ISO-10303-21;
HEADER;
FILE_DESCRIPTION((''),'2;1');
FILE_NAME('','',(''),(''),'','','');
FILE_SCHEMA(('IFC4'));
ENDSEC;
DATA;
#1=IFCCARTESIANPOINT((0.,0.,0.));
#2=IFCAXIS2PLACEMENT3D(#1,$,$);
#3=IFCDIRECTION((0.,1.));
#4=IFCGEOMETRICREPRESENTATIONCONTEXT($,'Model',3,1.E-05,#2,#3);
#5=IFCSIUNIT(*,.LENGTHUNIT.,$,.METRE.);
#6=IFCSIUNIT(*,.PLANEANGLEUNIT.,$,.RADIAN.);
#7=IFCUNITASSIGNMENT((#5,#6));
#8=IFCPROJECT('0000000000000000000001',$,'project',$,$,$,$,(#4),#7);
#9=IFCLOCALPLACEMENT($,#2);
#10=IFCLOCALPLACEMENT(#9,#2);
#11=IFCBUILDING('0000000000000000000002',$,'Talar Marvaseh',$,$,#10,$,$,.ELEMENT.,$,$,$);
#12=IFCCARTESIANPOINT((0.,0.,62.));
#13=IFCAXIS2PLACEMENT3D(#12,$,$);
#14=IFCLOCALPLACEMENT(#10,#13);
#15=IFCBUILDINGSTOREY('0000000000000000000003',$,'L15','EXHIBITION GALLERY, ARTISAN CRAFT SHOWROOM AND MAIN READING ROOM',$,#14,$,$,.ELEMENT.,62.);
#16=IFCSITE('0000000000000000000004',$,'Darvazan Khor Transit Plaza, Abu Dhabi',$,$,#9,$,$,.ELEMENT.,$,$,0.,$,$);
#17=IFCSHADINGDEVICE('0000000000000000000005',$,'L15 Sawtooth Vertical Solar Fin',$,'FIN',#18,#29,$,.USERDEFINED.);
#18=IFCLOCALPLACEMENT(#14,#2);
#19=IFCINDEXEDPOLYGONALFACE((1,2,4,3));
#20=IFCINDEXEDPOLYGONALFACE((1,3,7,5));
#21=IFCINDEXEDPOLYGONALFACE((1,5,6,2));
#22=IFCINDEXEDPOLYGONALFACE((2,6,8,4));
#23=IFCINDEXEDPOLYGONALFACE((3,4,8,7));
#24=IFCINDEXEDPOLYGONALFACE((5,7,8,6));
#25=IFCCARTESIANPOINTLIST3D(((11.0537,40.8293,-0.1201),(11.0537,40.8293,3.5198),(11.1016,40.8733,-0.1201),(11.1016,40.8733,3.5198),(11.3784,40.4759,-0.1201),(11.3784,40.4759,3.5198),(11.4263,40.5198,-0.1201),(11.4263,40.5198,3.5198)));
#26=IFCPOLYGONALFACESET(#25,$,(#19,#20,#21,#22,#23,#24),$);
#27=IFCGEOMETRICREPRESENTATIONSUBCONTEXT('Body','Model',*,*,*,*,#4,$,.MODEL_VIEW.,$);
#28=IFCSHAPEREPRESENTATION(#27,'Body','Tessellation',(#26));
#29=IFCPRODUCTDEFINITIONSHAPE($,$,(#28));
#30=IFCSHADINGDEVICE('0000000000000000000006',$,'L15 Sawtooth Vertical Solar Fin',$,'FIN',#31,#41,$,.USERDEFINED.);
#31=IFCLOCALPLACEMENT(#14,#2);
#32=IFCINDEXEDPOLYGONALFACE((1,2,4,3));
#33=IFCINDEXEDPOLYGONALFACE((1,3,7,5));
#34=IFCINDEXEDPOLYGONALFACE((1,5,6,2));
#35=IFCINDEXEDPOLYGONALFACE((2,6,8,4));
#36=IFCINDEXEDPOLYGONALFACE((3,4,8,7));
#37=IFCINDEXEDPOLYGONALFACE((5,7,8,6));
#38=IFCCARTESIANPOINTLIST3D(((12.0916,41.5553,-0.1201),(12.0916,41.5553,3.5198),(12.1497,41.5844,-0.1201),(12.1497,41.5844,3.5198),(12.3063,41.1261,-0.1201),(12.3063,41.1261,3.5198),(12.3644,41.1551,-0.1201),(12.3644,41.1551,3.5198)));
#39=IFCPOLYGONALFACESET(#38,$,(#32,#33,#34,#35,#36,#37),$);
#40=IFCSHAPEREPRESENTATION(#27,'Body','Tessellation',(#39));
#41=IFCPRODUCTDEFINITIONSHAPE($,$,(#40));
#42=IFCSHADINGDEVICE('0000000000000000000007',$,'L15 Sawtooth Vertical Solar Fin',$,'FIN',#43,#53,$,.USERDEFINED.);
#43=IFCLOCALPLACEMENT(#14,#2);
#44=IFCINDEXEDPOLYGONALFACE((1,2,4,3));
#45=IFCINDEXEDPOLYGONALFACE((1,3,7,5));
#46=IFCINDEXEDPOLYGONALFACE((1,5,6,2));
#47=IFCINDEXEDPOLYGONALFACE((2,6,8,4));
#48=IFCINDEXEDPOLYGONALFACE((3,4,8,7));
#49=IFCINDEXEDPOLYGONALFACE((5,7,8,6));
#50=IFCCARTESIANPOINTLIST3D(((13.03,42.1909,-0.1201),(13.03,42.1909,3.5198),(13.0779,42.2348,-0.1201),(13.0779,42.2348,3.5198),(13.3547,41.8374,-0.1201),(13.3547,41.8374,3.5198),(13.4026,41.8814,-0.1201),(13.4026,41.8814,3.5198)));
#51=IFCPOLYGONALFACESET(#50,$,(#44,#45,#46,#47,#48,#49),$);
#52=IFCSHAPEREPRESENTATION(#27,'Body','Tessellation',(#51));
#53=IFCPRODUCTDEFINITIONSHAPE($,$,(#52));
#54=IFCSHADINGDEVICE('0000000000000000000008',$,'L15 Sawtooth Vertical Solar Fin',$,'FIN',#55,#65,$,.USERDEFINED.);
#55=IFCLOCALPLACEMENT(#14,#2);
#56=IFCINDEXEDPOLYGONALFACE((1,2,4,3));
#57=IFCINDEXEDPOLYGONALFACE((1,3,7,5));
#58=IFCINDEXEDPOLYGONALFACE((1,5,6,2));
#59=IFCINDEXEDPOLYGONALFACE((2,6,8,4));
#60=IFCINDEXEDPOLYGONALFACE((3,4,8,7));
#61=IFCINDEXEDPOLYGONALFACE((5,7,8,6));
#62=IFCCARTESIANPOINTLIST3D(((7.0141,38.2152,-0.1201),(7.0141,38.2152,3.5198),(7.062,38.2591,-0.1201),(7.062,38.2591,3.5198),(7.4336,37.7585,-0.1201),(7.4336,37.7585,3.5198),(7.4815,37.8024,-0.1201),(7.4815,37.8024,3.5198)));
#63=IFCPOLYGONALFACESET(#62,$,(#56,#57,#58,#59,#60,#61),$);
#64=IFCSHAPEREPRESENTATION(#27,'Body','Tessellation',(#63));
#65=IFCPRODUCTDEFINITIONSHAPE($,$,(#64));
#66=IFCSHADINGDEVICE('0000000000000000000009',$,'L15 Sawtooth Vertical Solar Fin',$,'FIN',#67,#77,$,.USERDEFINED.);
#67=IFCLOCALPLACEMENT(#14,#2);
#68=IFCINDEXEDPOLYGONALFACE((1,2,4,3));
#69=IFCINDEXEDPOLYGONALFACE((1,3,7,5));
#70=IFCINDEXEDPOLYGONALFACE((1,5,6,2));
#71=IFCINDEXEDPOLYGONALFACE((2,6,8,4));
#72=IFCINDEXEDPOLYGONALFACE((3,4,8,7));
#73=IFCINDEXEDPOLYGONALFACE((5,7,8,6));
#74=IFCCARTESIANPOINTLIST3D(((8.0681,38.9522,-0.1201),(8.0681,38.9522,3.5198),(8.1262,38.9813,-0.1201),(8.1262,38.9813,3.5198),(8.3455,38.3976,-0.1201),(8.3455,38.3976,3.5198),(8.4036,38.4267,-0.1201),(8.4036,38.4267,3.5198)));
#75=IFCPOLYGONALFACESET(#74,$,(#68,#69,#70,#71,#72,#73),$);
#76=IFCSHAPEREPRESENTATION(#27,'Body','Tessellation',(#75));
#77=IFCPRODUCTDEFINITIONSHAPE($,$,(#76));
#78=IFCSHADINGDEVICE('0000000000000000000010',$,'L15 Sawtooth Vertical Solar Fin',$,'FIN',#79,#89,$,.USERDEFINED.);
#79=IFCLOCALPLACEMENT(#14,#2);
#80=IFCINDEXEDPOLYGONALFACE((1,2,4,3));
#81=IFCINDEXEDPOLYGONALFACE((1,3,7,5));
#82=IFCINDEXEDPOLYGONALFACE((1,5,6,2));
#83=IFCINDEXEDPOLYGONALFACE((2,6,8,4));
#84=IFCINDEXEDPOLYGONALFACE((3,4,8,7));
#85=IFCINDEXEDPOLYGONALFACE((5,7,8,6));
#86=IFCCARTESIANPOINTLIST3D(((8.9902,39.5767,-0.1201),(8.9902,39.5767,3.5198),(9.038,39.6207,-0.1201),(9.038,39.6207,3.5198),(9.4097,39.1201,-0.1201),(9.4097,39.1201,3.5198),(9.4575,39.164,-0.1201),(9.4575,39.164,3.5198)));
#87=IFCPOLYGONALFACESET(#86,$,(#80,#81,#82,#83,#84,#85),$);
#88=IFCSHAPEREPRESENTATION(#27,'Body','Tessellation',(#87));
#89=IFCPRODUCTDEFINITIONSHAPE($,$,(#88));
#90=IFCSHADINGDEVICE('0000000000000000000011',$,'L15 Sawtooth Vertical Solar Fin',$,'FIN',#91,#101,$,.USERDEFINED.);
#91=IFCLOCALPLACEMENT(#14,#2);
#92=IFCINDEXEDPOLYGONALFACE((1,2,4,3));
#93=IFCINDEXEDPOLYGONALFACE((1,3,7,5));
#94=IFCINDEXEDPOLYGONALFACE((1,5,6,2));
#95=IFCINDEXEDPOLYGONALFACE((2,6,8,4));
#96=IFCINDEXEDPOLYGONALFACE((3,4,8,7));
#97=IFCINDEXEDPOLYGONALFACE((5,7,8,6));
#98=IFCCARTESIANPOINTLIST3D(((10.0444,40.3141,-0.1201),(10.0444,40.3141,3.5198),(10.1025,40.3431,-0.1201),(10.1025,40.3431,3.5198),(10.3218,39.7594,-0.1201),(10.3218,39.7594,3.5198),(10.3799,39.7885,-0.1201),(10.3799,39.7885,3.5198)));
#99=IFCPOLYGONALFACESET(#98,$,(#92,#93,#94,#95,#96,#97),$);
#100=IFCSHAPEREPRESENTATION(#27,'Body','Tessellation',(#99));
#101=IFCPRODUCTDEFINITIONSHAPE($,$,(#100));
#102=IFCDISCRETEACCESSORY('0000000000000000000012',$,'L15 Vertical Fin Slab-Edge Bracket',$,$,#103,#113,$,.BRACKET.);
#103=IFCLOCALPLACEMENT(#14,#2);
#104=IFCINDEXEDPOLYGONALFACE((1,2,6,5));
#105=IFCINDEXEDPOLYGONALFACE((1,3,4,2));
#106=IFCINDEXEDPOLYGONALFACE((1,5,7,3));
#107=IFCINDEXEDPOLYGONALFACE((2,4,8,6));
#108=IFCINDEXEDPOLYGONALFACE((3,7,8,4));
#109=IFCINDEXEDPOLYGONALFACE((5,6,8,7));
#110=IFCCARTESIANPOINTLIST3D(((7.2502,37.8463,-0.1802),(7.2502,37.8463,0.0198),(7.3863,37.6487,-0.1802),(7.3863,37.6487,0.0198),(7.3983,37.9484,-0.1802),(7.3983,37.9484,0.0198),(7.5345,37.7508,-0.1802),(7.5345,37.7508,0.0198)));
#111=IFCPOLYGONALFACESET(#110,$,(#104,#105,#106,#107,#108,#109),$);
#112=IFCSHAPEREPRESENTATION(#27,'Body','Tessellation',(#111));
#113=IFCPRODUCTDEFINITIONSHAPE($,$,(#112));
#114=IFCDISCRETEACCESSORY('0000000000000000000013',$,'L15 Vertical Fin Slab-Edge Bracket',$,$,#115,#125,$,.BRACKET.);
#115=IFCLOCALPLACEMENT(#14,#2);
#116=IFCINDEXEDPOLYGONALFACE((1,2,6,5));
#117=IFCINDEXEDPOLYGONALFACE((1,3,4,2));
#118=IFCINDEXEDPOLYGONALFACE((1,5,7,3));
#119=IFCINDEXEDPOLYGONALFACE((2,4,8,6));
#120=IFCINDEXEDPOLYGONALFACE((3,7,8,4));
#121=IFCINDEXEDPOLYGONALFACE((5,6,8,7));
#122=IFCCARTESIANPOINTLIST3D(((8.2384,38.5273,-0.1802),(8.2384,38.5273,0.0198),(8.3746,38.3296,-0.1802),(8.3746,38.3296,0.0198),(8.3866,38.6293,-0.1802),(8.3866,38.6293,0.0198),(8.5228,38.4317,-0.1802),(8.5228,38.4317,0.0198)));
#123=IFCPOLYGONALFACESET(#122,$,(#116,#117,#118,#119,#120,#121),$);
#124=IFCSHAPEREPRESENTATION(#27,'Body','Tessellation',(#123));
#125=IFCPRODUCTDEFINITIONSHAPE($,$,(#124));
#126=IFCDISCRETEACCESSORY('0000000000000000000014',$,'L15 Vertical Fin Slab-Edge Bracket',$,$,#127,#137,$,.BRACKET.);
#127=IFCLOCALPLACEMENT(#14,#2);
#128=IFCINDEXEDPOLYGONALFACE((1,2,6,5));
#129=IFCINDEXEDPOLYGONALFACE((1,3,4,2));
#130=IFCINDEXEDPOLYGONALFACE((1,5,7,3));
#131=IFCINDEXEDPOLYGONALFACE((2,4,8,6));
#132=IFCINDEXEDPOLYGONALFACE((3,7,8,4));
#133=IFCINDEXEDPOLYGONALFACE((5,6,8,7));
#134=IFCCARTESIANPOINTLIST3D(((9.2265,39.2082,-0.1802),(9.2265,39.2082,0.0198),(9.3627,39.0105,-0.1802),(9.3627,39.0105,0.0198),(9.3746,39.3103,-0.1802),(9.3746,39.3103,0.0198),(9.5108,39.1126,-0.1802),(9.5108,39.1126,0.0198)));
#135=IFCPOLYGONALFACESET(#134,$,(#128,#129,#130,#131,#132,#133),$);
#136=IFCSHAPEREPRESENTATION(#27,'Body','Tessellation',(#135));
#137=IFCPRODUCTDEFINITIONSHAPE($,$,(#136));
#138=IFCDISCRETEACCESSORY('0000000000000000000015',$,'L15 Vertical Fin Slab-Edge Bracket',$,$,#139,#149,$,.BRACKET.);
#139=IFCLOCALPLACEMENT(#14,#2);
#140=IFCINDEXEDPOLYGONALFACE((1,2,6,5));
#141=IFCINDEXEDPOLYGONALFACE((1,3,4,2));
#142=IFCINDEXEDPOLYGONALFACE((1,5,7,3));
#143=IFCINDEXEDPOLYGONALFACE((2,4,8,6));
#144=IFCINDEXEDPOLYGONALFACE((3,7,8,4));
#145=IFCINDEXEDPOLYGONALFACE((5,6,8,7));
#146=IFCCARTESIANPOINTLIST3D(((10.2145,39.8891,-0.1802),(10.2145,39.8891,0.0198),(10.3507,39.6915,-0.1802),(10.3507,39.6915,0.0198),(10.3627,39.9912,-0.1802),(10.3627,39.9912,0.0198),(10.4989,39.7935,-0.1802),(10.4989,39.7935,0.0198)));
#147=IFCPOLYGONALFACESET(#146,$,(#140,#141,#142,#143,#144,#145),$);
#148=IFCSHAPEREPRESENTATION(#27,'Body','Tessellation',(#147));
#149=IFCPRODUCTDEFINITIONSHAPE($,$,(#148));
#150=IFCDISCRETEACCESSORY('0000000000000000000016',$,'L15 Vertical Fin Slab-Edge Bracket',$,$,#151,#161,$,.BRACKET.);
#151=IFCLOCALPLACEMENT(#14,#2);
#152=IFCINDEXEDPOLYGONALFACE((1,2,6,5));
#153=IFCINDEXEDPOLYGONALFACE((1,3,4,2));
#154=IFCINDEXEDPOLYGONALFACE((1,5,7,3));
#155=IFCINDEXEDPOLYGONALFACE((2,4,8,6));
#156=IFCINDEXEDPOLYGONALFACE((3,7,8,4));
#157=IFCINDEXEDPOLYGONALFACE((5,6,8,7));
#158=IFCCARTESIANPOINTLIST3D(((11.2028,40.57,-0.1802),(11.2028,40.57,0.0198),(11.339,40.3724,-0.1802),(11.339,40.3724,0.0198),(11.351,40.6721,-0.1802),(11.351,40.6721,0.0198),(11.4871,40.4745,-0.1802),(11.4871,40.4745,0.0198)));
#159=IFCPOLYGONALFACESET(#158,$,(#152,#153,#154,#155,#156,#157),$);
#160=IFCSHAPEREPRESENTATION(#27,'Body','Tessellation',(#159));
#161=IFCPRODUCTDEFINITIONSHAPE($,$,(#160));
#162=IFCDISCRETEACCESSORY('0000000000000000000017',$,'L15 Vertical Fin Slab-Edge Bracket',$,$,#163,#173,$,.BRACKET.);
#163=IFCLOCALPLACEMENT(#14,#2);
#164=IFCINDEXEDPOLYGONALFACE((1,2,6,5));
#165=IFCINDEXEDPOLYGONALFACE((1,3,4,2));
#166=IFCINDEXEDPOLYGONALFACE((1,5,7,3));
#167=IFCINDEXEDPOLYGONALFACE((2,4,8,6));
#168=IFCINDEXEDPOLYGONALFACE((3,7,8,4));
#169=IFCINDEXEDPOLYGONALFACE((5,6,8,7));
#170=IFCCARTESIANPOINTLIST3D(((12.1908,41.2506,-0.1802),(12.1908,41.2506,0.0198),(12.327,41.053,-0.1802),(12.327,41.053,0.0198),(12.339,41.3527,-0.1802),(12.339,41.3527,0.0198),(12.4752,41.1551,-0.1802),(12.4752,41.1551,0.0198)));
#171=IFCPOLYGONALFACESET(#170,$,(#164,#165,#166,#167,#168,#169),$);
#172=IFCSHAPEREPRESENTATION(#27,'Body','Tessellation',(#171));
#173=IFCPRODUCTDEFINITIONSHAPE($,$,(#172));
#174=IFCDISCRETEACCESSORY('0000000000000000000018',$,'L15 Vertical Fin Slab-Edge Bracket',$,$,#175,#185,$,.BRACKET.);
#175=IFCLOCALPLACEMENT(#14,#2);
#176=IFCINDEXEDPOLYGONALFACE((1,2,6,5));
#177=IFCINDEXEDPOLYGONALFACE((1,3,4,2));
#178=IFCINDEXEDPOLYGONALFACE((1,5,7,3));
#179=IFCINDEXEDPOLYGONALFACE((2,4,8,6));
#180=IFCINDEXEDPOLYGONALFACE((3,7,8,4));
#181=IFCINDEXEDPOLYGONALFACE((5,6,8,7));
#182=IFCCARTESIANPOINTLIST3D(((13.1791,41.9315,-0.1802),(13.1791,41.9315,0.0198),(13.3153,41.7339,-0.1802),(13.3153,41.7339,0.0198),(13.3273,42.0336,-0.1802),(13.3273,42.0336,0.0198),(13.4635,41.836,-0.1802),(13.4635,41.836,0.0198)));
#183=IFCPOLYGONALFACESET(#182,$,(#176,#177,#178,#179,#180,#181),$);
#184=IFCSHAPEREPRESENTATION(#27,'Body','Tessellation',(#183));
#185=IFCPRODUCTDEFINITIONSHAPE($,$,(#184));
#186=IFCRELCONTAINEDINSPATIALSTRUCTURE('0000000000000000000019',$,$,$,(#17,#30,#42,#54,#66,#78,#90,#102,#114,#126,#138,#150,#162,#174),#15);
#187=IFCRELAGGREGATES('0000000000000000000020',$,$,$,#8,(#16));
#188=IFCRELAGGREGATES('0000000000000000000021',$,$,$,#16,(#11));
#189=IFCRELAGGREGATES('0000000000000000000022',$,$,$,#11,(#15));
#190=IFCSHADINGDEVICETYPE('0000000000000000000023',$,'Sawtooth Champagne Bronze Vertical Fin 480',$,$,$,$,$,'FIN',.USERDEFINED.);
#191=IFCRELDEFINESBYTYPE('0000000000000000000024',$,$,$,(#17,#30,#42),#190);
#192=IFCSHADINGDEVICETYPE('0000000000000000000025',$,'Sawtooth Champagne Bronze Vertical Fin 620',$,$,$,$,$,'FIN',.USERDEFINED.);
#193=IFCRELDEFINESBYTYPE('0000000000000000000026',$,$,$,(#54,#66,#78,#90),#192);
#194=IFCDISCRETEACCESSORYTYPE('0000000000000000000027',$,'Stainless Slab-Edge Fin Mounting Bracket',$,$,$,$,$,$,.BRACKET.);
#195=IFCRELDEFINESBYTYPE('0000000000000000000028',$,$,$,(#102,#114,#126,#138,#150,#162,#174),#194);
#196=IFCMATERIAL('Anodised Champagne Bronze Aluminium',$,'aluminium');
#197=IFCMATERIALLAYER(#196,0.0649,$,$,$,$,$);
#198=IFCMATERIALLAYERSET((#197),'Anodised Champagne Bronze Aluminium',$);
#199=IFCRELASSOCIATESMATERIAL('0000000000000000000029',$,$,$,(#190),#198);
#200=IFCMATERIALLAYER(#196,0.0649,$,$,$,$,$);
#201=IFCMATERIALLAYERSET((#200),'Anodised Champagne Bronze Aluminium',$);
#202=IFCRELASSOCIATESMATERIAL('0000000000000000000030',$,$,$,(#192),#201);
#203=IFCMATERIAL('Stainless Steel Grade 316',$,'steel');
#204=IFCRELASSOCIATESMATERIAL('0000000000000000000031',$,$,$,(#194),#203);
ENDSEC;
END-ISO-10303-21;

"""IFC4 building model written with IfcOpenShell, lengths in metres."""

from ifc_helpers import new_model, si_unit, direction, frame, origin, origin_2d, place, context, subcontext, project, spatial, rectangle, extrude, source, transform, mapped, material, layer, layer_set, type_object, type_shapes, element, save


model = new_model("IFC4")

# Units and contexts
model_context = context("Model", 3, precision=1e-05, world=origin(), true_north=direction((0.0, 1.0)))
body_context = subcontext(model_context, "Body", "Model", "MODEL_VIEW")
ifc_project = project(units=[si_unit("LENGTHUNIT", "METRE"), si_unit("PLANEANGLEUNIT", "RADIAN")], contexts=[model_context])

# Site, building, storey
site_placement = place(None, origin())
site = spatial("IfcSite", under=ifc_project, at=site_placement, Name="Darvazan Khor Transit Plaza, Abu Dhabi", CompositionType="ELEMENT", RefElevation=0.0)
building_placement = place(site_placement, origin())
building = spatial("IfcBuilding", under=site, at=building_placement, Name="Talar Marvaseh", CompositionType="ELEMENT")
storey_placement = place(building_placement, frame((0.0, 0.0, 62.0)))
storey = spatial("IfcBuildingStorey", under=building, at=storey_placement, Name="L15", Description="EXHIBITION GALLERY, ARTISAN CRAFT SHOWROOM AND MAIN READING ROOM", CompositionType="ELEMENT", Elevation=62.0)

# Shading devices
ifc_material_1 = material(Name="Anodised Champagne Bronze Aluminium", Category="aluminium")
ifc_layer_1 = layer(ifc_material_1, 0.0649)
ifc_layer_set_1 = layer_set([ifc_layer_1], Name="Anodised Champagne Bronze Aluminium")
shading_device_type_1 = type_object("IfcShadingDeviceType", Name="Sawtooth Champagne Bronze Vertical Fin 480", ElementType="FIN", PredefinedType="USERDEFINED", material=ifc_layer_set_1)
shared_shape_1 = source(origin(), body_context, "Body", "SweptSolid", [
    extrude(rectangle(XDim=0.48, YDim=0.0649, at=origin_2d()), origin(), (0.0, 0.0, 1.0), 3.6399),
])
type_shapes(shading_device_type_1, [shared_shape_1])
for number, where, z_axis, x_axis, name in (
    (1, (11.24, 40.6746, -0.1201), (0.0, 0.0, 1.0), (-0.67649, 0.736451, 0.0), "L15 Sawtooth Vertical Solar Fin"),
    (2, (12.228, 41.3552, -0.1201), (0.0, 0.0, 1.0), (-0.447291, 0.894389, 0.0), "L15 Sawtooth Vertical Solar Fin"),
    (3, (13.2163, 42.0361, -0.1201), (0.0, 0.0, 1.0), (-0.67649, 0.736451, 0.0), "L15 Sawtooth Vertical Solar Fin"),
):
    element("IfcShadingDevice", number, at=place(storey_placement, frame(where, z_axis=z_axis, x_axis=x_axis)), inside=storey, type_object=shading_device_type_1, Name=name, ObjectType="FIN", PredefinedType="USERDEFINED", context=body_context, shape_type="MappedRepresentation", body=[
        mapped(shared_shape_1, transform((0.0, 0.0, 0.0), x_axis=(1.0, 0.0, 0.0), y_axis=(0.0, 1.0, 0.0), z_axis=(0.0, 0.0, 1.0), scale=1.0)),
    ])
ifc_layer_2 = layer(ifc_material_1, 0.0649)
ifc_layer_set_2 = layer_set([ifc_layer_2], Name="Anodised Champagne Bronze Aluminium")
shading_device_type_2 = type_object("IfcShadingDeviceType", Name="Sawtooth Champagne Bronze Vertical Fin 620", ElementType="FIN", PredefinedType="USERDEFINED", material=ifc_layer_set_2)
shared_shape_2 = source(origin(), body_context, "Body", "SweptSolid", [
    extrude(rectangle(XDim=0.6201, YDim=0.0649, at=origin_2d()), origin(), (0.0, 0.0, 1.0), 3.6399),
])
type_shapes(shading_device_type_2, [shared_shape_2])
for number, where, z_axis, x_axis, name in (
    (4, (7.2478, 38.0088, -0.1201), (0.0, 0.0, 1.0), (-0.67649, 0.736451, 0.0), "L15 Sawtooth Vertical Solar Fin"),
    (5, (8.2358, 38.6895, -0.1201), (0.0, 0.0, 1.0), (-0.447291, 0.894389, 0.0), "L15 Sawtooth Vertical Solar Fin"),
    (6, (9.2239, 39.3704, -0.1201), (0.0, 0.0, 1.0), (-0.67649, 0.736451, 0.0), "L15 Sawtooth Vertical Solar Fin"),
    (7, (10.2122, 40.0513, -0.1201), (0.0, 0.0, 1.0), (-0.447291, 0.894389, 0.0), "L15 Sawtooth Vertical Solar Fin"),
):
    element("IfcShadingDevice", number, at=place(storey_placement, frame(where, z_axis=z_axis, x_axis=x_axis)), inside=storey, type_object=shading_device_type_2, Name=name, ObjectType="FIN", PredefinedType="USERDEFINED", context=body_context, shape_type="MappedRepresentation", body=[
        mapped(shared_shape_2, transform((0.0, 0.0, 0.0), x_axis=(1.0, 0.0, 0.0), y_axis=(0.0, 1.0, 0.0), z_axis=(0.0, 0.0, 1.0), scale=1.0)),
    ])

# Discrete accessories
ifc_material_2 = material(Name="Stainless Steel Grade 316", Category="steel")
discrete_accessory_type = type_object("IfcDiscreteAccessoryType", Name="Stainless Slab-Edge Fin Mounting Bracket", PredefinedType="BRACKET", material=ifc_material_2)
shared_shape_3 = source(origin(), body_context, "Body", "SweptSolid", [
    extrude(rectangle(XDim=0.24, YDim=0.1799, at=origin_2d()), origin(), (0.0, 0.0, 1.0), 0.2),
])
type_shapes(discrete_accessory_type, [shared_shape_3])
for number, where, z_axis, x_axis, name in (
    (8, (7.3923, 37.7986, -0.1802), (0.0, 0.0, 1.0), (-0.567413, 0.823434, 0.0), "L15 Vertical Fin Slab-Edge Bracket"),
    (9, (8.3806, 38.4795, -0.1802), (0.0, 0.0, 1.0), (-0.567413, 0.823434, 0.0), "L15 Vertical Fin Slab-Edge Bracket"),
    (10, (9.3687, 39.1604, -0.1802), (0.0, 0.0, 1.0), (-0.567413, 0.823434, 0.0), "L15 Vertical Fin Slab-Edge Bracket"),
    (11, (10.3567, 39.8413, -0.1802), (0.0, 0.0, 1.0), (-0.567413, 0.823434, 0.0), "L15 Vertical Fin Slab-Edge Bracket"),
    (12, (11.345, 40.5222, -0.1802), (0.0, 0.0, 1.0), (-0.567413, 0.823434, 0.0), "L15 Vertical Fin Slab-Edge Bracket"),
    (13, (12.333, 41.2029, -0.1802), (0.0, 0.0, 1.0), (-0.567413, 0.823434, 0.0), "L15 Vertical Fin Slab-Edge Bracket"),
    (14, (13.3213, 41.8838, -0.1802), (0.0, 0.0, 1.0), (-0.567413, 0.823434, 0.0), "L15 Vertical Fin Slab-Edge Bracket"),
):
    element("IfcDiscreteAccessory", number, at=place(storey_placement, frame(where, z_axis=z_axis, x_axis=x_axis)), inside=storey, type_object=discrete_accessory_type, Name=name, PredefinedType="BRACKET", context=body_context, shape_type="MappedRepresentation", body=[
        mapped(shared_shape_3, transform((0.0, 0.0, 0.0), x_axis=(1.0, 0.0, 0.0), y_axis=(0.0, 1.0, 0.0), z_axis=(0.0, 0.0, 1.0), scale=1.0)),
    ])

save(model, "model.ifc")
